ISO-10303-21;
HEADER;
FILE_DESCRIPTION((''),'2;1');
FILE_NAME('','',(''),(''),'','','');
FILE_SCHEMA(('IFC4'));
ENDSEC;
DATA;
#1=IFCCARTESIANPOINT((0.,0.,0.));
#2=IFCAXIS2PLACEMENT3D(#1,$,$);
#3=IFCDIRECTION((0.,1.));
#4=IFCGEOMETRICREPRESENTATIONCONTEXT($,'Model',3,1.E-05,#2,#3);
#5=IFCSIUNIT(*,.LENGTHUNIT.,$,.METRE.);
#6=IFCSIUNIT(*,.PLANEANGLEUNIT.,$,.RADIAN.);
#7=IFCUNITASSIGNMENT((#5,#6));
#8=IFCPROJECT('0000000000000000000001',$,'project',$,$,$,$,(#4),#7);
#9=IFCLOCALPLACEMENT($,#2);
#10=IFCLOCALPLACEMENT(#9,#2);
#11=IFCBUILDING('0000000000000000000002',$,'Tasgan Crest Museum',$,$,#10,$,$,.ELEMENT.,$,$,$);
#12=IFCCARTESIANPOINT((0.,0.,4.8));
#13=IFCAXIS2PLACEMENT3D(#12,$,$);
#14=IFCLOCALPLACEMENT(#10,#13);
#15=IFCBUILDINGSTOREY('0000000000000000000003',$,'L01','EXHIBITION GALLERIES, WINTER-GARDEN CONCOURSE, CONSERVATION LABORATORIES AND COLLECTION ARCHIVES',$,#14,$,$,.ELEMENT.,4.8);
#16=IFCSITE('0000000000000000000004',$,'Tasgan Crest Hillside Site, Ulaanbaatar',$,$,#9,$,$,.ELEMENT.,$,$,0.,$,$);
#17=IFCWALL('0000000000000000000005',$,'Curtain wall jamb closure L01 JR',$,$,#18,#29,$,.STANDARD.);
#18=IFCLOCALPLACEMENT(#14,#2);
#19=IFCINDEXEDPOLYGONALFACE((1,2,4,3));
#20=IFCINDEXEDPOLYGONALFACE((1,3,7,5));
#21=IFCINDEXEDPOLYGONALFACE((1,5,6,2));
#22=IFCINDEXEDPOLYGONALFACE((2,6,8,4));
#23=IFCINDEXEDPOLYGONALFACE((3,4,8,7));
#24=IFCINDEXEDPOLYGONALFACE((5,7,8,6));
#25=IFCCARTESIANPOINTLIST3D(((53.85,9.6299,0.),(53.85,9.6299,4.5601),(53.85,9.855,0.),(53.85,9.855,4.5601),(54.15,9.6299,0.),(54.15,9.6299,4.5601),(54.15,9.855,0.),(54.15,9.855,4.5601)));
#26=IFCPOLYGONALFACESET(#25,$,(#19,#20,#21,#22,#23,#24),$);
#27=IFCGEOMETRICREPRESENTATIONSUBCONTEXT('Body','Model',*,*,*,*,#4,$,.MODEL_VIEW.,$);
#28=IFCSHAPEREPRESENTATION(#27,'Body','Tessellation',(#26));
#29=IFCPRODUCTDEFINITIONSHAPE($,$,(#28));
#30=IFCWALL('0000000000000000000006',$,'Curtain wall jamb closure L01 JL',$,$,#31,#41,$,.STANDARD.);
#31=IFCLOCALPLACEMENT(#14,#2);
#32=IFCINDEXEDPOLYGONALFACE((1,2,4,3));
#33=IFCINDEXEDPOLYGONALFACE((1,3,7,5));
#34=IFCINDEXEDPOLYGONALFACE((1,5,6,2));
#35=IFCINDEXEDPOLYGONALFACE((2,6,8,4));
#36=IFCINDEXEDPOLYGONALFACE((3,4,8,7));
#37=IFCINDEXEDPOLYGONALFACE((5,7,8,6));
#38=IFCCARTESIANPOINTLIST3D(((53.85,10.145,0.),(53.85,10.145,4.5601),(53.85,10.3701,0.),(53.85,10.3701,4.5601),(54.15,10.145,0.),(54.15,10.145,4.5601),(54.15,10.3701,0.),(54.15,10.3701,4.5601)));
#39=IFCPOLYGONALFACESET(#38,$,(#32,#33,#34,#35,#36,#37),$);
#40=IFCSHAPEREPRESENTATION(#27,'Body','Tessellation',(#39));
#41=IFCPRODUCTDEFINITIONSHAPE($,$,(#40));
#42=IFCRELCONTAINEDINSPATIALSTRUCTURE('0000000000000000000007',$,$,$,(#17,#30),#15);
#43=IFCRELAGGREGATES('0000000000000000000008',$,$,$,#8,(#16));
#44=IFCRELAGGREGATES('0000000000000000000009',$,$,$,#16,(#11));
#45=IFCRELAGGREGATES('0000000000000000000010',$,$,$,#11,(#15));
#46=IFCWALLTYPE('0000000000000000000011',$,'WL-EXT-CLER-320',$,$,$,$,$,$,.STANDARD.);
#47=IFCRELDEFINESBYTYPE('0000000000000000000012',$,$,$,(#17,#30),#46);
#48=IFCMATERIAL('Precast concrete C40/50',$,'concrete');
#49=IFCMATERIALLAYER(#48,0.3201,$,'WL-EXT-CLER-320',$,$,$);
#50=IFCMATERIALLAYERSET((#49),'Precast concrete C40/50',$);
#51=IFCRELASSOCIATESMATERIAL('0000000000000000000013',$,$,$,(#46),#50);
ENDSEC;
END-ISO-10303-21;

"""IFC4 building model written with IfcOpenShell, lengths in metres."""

from ifc_helpers import new_model, si_unit, direction, frame, frame_2d, origin, place, context, subcontext, project, spatial, rectangle, extrude, material, layer, layer_set, type_object, element, save


model = new_model("IFC4")

# Units and contexts
model_context = context("Model", 3, precision=1e-05, world=origin(), true_north=direction((0.0, 1.0)))
body_context = subcontext(model_context, "Body", "Model", "MODEL_VIEW")
ifc_project = project(units=[si_unit("LENGTHUNIT", "METRE"), si_unit("PLANEANGLEUNIT", "RADIAN")], contexts=[model_context])

# Site, building, storey
site_placement = place(None, origin())
site = spatial("IfcSite", under=ifc_project, at=site_placement, Name="Tasgan Crest Hillside Site, Ulaanbaatar", CompositionType="ELEMENT", RefElevation=0.0)
building_placement = place(site_placement, origin())
building = spatial("IfcBuilding", under=site, at=building_placement, Name="Tasgan Crest Museum", CompositionType="ELEMENT")
storey_placement = place(building_placement, frame((0.0, 0.0, 4.8)))
storey = spatial("IfcBuildingStorey", under=building, at=storey_placement, Name="L01", Description="EXHIBITION GALLERIES, WINTER-GARDEN CONCOURSE, CONSERVATION LABORATORIES AND COLLECTION ARCHIVES", CompositionType="ELEMENT", Elevation=4.8)

# Walls
ifc_material_1 = material(Name="Precast concrete C40/50", Category="concrete")
ifc_layer_1 = layer(ifc_material_1, 0.3201, Name="WL-EXT-CLER-320")
ifc_layer_set_1 = layer_set([ifc_layer_1], Name="Precast concrete C40/50")
wall_type = type_object("IfcWallType", Name="WL-EXT-CLER-320", PredefinedType="STANDARD", material=ifc_layer_set_1)
for number, where, z_axis, x_axis, name in (
    (1, (54.0, 9.6299, 0.0), (0.0, 0.0, 1.0), (0.0, 1.0, 0.0), "Curtain wall jamb closure L01 JR"),
    (2, (54.0, 10.145, 0.0), (0.0, 0.0, 1.0), (0.0, 1.0, 0.0), "Curtain wall jamb closure L01 JL"),
):
    element("IfcWall", number, at=place(storey_placement, frame(where, z_axis=z_axis, x_axis=x_axis)), inside=storey, type_object=wall_type, Name=name, PredefinedType="STANDARD", context=body_context, shape_type="SweptSolid", body=[
        extrude(rectangle(XDim=0.2251, YDim=0.3, at=frame_2d((0.1125, 0.0))), origin(), (0.0, 0.0, 1.0), 4.5601),
    ])

save(model, "model.ifc")
